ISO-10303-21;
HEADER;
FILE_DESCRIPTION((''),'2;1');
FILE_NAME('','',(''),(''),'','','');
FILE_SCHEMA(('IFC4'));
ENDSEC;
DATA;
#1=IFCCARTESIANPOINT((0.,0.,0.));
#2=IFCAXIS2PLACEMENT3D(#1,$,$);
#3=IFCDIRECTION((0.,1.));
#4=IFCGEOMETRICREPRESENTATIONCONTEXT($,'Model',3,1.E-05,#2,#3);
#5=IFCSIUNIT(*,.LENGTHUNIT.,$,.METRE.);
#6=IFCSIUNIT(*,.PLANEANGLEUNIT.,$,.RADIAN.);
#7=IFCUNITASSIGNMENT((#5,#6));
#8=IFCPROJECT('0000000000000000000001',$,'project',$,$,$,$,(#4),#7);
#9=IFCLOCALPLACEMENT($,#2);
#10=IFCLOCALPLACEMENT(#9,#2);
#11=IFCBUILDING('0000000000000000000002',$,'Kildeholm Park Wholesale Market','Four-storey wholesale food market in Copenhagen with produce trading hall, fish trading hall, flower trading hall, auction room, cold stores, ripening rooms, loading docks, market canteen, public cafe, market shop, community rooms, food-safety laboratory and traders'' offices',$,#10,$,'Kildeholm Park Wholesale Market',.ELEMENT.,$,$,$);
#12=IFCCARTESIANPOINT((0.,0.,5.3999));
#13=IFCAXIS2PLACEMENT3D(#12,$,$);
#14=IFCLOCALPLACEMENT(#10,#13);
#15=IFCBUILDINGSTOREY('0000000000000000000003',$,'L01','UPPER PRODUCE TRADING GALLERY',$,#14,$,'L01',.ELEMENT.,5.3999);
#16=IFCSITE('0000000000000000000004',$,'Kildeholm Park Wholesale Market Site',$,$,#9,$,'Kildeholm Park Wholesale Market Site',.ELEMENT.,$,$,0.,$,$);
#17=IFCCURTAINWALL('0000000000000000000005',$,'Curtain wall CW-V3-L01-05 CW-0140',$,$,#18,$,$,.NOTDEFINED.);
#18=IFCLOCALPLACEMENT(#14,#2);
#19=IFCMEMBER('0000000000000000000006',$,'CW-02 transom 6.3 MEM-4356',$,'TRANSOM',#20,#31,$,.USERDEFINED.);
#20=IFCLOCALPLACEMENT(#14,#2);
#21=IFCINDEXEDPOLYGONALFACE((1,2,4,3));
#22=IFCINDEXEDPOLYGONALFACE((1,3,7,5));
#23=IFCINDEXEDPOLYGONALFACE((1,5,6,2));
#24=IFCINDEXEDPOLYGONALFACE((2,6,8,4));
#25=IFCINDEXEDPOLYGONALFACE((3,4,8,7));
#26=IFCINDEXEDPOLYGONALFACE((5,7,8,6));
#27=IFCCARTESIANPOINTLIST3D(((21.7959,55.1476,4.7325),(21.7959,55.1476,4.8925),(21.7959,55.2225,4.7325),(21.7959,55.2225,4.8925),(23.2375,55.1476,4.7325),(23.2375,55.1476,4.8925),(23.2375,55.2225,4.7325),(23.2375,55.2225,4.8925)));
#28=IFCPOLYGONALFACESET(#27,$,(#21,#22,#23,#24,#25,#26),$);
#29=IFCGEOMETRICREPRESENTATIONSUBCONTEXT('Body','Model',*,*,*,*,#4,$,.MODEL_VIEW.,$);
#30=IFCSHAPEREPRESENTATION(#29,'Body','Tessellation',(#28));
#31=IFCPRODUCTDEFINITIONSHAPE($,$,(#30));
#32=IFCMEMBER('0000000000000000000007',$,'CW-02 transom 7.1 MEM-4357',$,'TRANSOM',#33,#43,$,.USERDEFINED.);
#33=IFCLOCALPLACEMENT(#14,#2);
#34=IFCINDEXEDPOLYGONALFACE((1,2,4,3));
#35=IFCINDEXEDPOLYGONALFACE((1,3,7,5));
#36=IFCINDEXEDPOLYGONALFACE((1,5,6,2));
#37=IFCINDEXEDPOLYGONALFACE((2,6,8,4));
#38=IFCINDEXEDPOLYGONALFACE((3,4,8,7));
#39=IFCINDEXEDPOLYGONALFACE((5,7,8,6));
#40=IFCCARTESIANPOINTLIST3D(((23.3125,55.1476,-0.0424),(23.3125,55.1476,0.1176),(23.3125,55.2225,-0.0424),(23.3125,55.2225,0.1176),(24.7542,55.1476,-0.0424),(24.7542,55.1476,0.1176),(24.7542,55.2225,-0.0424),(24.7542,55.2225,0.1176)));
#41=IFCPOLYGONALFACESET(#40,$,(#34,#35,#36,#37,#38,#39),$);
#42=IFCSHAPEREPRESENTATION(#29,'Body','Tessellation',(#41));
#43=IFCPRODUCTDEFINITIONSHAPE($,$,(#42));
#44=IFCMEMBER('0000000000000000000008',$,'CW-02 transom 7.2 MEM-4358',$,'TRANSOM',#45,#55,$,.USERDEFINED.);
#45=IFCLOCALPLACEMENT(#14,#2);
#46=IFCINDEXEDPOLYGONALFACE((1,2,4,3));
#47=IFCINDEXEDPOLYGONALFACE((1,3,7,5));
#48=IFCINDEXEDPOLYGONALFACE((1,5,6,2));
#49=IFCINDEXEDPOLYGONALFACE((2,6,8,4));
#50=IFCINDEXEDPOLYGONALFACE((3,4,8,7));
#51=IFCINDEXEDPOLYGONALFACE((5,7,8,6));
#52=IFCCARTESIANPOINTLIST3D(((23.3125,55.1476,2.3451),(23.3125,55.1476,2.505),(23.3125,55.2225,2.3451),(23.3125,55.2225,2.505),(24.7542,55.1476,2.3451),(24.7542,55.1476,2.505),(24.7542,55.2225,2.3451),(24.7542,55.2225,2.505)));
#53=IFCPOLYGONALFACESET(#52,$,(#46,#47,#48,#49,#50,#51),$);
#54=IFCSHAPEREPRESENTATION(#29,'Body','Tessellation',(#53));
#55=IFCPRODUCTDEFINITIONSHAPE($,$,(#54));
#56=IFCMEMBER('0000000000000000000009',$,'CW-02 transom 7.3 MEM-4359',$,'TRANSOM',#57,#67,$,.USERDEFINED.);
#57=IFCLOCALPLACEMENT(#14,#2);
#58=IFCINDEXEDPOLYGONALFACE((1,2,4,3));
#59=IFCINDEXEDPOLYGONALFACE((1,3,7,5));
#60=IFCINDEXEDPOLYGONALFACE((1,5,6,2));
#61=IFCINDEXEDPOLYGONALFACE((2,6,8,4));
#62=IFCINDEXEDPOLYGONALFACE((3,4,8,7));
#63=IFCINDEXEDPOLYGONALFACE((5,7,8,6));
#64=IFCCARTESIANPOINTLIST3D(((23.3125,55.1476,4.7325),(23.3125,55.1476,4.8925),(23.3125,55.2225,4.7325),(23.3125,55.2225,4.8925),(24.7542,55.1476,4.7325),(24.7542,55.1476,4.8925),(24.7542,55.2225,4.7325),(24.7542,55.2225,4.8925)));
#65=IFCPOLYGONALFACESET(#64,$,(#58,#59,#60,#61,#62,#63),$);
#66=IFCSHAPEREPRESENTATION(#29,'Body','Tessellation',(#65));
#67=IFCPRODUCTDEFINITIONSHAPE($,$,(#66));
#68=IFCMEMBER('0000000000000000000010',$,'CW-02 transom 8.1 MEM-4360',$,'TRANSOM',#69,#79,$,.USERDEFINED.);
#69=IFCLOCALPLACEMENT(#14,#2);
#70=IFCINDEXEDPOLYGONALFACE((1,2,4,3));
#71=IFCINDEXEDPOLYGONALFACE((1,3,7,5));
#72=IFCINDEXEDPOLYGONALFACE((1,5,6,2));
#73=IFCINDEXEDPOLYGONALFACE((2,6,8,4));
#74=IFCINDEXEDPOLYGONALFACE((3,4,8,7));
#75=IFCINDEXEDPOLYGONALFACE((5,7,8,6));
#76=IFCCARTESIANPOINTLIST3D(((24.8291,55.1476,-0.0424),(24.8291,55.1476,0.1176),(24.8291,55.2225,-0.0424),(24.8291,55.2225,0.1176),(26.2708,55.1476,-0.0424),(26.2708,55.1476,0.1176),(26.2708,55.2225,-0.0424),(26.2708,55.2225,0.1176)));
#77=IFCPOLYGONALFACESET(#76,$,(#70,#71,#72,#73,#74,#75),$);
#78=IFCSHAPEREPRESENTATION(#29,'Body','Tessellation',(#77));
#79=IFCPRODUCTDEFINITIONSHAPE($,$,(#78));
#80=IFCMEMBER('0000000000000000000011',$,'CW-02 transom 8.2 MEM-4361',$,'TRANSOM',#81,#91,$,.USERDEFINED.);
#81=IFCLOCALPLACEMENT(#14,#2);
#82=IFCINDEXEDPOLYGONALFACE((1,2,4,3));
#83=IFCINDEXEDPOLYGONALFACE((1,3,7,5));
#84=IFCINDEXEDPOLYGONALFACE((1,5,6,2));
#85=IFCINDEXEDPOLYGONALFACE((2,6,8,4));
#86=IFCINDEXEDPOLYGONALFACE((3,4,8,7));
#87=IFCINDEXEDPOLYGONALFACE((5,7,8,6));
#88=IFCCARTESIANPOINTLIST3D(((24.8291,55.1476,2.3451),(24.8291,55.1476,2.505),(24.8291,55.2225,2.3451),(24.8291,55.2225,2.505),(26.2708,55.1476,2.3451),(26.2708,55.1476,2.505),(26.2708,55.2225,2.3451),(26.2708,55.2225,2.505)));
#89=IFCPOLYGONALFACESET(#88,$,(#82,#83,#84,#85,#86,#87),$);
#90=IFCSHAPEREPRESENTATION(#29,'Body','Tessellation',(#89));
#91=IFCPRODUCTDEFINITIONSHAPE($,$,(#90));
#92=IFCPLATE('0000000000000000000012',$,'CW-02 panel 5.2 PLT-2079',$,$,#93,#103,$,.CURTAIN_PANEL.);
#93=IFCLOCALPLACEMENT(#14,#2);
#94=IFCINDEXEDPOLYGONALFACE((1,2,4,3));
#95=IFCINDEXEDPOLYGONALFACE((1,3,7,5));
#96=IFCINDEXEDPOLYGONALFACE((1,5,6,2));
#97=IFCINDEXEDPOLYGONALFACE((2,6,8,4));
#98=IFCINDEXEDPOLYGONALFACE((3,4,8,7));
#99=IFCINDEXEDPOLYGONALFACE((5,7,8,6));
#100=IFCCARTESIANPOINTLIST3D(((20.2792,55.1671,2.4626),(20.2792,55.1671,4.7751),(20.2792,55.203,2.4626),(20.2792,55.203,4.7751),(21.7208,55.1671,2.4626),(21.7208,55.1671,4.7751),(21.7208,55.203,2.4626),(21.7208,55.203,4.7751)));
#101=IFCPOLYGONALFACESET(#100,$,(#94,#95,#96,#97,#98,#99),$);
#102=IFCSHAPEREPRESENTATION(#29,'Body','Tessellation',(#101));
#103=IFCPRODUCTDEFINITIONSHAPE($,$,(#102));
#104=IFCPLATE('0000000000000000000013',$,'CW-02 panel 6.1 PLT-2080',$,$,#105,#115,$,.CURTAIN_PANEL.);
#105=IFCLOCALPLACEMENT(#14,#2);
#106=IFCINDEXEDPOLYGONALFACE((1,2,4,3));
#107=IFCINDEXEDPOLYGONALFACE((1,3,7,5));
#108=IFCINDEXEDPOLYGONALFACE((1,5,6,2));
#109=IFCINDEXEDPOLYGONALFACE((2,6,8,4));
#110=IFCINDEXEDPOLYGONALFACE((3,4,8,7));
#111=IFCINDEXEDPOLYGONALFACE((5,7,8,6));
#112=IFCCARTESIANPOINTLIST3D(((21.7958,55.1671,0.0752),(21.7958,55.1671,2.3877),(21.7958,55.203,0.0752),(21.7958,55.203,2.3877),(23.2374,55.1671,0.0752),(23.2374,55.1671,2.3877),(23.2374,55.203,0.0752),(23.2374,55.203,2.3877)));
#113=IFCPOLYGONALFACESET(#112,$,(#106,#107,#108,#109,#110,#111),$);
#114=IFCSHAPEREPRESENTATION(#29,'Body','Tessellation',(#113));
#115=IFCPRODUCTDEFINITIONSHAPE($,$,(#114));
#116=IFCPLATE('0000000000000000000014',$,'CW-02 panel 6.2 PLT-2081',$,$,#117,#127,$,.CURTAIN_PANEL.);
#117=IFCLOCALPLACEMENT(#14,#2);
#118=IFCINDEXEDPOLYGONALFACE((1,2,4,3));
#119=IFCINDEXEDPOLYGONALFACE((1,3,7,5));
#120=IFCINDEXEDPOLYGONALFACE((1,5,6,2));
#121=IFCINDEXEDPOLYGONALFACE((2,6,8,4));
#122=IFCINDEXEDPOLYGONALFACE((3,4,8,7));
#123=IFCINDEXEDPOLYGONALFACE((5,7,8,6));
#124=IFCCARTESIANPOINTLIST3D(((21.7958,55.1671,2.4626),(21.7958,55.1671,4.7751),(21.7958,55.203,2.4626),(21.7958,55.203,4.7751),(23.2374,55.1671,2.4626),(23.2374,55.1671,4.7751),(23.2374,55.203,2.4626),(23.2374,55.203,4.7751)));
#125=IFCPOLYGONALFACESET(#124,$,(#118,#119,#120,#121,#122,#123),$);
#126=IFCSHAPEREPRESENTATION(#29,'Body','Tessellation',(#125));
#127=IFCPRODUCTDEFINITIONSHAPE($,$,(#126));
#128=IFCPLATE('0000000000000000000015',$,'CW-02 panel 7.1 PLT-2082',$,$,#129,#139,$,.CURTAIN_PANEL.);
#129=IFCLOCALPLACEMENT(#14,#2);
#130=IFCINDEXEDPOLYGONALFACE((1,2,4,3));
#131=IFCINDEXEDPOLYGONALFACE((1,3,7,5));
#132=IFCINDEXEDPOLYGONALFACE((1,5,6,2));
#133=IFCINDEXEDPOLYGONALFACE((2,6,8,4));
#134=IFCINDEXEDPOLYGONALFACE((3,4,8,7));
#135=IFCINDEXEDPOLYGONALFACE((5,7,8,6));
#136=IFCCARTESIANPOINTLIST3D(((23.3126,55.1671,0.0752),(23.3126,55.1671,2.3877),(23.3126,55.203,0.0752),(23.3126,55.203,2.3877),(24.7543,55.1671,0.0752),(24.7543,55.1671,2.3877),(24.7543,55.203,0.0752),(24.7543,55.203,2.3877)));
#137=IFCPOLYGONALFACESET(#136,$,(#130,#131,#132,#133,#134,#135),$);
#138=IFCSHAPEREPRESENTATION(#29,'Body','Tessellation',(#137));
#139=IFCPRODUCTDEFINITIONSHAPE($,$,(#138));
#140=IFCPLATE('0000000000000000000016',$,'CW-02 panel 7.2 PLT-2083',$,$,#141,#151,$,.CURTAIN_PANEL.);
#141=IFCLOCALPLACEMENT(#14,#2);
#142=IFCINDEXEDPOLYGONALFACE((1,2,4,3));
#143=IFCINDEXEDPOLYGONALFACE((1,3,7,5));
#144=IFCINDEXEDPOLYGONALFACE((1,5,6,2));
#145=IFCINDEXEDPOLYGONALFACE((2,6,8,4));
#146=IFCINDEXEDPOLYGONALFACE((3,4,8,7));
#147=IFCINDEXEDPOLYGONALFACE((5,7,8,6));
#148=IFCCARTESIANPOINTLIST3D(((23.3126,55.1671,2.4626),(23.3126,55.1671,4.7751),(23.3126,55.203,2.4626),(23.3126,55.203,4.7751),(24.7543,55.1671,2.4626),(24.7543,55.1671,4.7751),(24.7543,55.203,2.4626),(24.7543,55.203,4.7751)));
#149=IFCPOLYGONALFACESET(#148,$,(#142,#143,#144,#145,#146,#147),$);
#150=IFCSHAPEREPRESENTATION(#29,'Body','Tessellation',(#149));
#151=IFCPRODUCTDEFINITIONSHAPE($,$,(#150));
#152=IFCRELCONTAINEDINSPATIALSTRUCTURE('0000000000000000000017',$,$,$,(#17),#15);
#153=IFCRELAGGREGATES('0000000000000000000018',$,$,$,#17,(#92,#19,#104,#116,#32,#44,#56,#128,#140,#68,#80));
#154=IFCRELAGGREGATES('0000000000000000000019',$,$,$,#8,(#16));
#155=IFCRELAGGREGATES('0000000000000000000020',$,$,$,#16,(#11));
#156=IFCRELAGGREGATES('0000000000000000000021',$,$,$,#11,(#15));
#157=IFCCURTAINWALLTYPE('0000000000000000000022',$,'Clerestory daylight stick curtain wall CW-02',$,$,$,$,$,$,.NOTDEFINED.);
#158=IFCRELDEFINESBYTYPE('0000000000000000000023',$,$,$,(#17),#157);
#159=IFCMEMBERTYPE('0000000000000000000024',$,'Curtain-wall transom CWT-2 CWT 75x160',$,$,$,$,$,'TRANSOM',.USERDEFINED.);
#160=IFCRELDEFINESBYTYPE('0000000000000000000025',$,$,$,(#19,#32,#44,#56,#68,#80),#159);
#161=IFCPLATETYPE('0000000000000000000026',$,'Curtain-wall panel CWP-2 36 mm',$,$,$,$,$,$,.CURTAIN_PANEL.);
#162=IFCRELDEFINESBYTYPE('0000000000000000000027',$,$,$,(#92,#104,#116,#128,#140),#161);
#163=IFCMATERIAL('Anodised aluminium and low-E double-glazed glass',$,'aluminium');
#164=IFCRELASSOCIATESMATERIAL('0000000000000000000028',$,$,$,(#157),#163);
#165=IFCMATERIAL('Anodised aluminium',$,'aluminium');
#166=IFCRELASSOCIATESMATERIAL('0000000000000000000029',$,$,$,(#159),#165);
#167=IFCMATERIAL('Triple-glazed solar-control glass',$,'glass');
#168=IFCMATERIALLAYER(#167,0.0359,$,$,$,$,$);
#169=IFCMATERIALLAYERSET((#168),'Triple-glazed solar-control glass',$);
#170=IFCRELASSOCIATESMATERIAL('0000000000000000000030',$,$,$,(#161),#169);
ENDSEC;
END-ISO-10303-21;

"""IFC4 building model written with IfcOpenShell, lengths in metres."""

from ifc_helpers import new_model, si_unit, direction, frame, origin, origin_2d, place, context, subcontext, project, spatial, rectangle, extrude, material, layer, layer_set, material_profile, profile_set, type_object, element, aggregate, save


model = new_model("IFC4")

# Units and contexts
model_context = context("Model", 3, precision=1e-05, world=origin(), true_north=direction((0.0, 1.0)))
body_context = subcontext(model_context, "Body", "Model", "MODEL_VIEW")
ifc_project = project(units=[si_unit("LENGTHUNIT", "METRE"), si_unit("PLANEANGLEUNIT", "RADIAN")], contexts=[model_context])

# Site, building, storey
site_placement = place(None, origin())
site = spatial("IfcSite", under=ifc_project, at=site_placement, Name="Kildeholm Park Wholesale Market Site", LongName="Kildeholm Park Wholesale Market Site", CompositionType="ELEMENT", RefElevation=0.0)
building_placement = place(site_placement, origin())
building = spatial("IfcBuilding", under=site, at=building_placement, Name="Kildeholm Park Wholesale Market", Description="Four-storey wholesale food market in Copenhagen with produce trading hall, fish trading hall, flower trading hall, auction room, cold stores, ripening rooms, loading docks, market canteen, public cafe, market shop, community rooms, food-safety laboratory and traders' offices", LongName="Kildeholm Park Wholesale Market", CompositionType="ELEMENT")
storey_placement = place(building_placement, frame((0.0, 0.0, 5.3999)))
storey = spatial("IfcBuildingStorey", under=building, at=storey_placement, Name="L01", Description="UPPER PRODUCE TRADING GALLERY", LongName="L01", CompositionType="ELEMENT", Elevation=5.3999)

# Curtain wall, members, plates
ifc_material_1 = material(Name="Anodised aluminium and low-E double-glazed glass", Category="aluminium")
curtain_wall_type = type_object("IfcCurtainWallType", Name="Clerestory daylight stick curtain wall CW-02", PredefinedType="NOTDEFINED", material=ifc_material_1)
curtain_wall_placement = place(storey_placement, origin())
curtain_wall = element("IfcCurtainWall", 1, at=curtain_wall_placement, inside=storey, type_object=curtain_wall_type, Name="Curtain wall CW-V3-L01-05 CW-0140", PredefinedType="NOTDEFINED")
ifc_material_2 = material(Name="Anodised aluminium", Category="aluminium")
ifc_material_profile_1 = material_profile(ifc_material_2, rectangle(XDim=0.075, YDim=0.1599, at=origin_2d()), Name="CWT 75x160")
ifc_profile_set_1 = profile_set([ifc_material_profile_1], Name="Anodised aluminium")
member_type_1 = type_object("IfcMemberType", Name="Curtain-wall transom CWT-2 CWT 75x160", ElementType="TRANSOM", PredefinedType="USERDEFINED", material=ifc_profile_set_1)
member_1_placement = place(storey_placement, frame((21.7959, 55.1851, 4.8125), z_axis=(1.0, 0.0, 0.0), x_axis=(0.0, 1.0, 0.0)))
member_1 = element("IfcMember", 2, at=member_1_placement, type_object=member_type_1, Name="CW-02 transom 6.3 MEM-4356", ObjectType="TRANSOM", PredefinedType="USERDEFINED", context=body_context, shape_type="SweptSolid", body=[
    extrude(rectangle(XDim=0.075, YDim=0.1599, at=origin_2d()), origin(), (0.0, 0.0, 1.0), 1.4417),
])
member_2_placement = place(storey_placement, frame((23.3125, 55.1851, 0.0376), z_axis=(1.0, 0.0, 0.0), x_axis=(0.0, 1.0, 0.0)))
member_2 = element("IfcMember", 3, at=member_2_placement, type_object=member_type_1, Name="CW-02 transom 7.1 MEM-4357", ObjectType="TRANSOM", PredefinedType="USERDEFINED", context=body_context, shape_type="SweptSolid", body=[
    extrude(rectangle(XDim=0.075, YDim=0.1599, at=origin_2d()), origin(), (0.0, 0.0, 1.0), 1.4417),
])
member_3_placement = place(storey_placement, frame((23.3125, 55.1851, 2.425), z_axis=(1.0, 0.0, 0.0), x_axis=(0.0, 1.0, 0.0)))
member_3 = element("IfcMember", 4, at=member_3_placement, type_object=member_type_1, Name="CW-02 transom 7.2 MEM-4358", ObjectType="TRANSOM", PredefinedType="USERDEFINED", context=body_context, shape_type="SweptSolid", body=[
    extrude(rectangle(XDim=0.075, YDim=0.1599, at=origin_2d()), origin(), (0.0, 0.0, 1.0), 1.4417),
])
member_4_placement = place(storey_placement, frame((23.3125, 55.1851, 4.8125), z_axis=(1.0, 0.0, 0.0), x_axis=(0.0, 1.0, 0.0)))
member_4 = element("IfcMember", 5, at=member_4_placement, type_object=member_type_1, Name="CW-02 transom 7.3 MEM-4359", ObjectType="TRANSOM", PredefinedType="USERDEFINED", context=body_context, shape_type="SweptSolid", body=[
    extrude(rectangle(XDim=0.075, YDim=0.1599, at=origin_2d()), origin(), (0.0, 0.0, 1.0), 1.4417),
])
member_5_placement = place(storey_placement, frame((24.8291, 55.1851, 0.0376), z_axis=(1.0, 0.0, 0.0), x_axis=(0.0, 1.0, 0.0)))
member_5 = element("IfcMember", 6, at=member_5_placement, type_object=member_type_1, Name="CW-02 transom 8.1 MEM-4360", ObjectType="TRANSOM", PredefinedType="USERDEFINED", context=body_context, shape_type="SweptSolid", body=[
    extrude(rectangle(XDim=0.075, YDim=0.1599, at=origin_2d()), origin(), (0.0, 0.0, 1.0), 1.4417),
])
member_6_placement = place(storey_placement, frame((24.8291, 55.1851, 2.425), z_axis=(1.0, 0.0, 0.0), x_axis=(0.0, 1.0, 0.0)))
member_6 = element("IfcMember", 7, at=member_6_placement, type_object=member_type_1, Name="CW-02 transom 8.2 MEM-4361", ObjectType="TRANSOM", PredefinedType="USERDEFINED", context=body_context, shape_type="SweptSolid", body=[
    extrude(rectangle(XDim=0.075, YDim=0.1599, at=origin_2d()), origin(), (0.0, 0.0, 1.0), 1.4417),
])
ifc_material_3 = material(Name="Triple-glazed solar-control glass", Category="glass")
ifc_layer_1 = layer(ifc_material_3, 0.0359)
ifc_layer_set_1 = layer_set([ifc_layer_1], Name="Triple-glazed solar-control glass")
plate_type = type_object("IfcPlateType", Name="Curtain-wall panel CWP-2 36 mm", PredefinedType="CURTAIN_PANEL", material=ifc_layer_set_1)
plate_1_placement = place(storey_placement, frame((21.0, 55.1851, 2.4626), z_axis=(0.0, 0.0, 1.0), x_axis=(1.0, 0.0, 0.0)))
plate_1 = element("IfcPlate", 8, at=plate_1_placement, type_object=plate_type, Name="CW-02 panel 5.2 PLT-2079", PredefinedType="CURTAIN_PANEL", context=body_context, shape_type="SweptSolid", body=[
    extrude(rectangle(XDim=1.4417, YDim=0.0359, at=origin_2d()), origin(), (0.0, 0.0, 1.0), 2.3125),
])
plate_2_placement = place(storey_placement, frame((22.5166, 55.1851, 0.0752), z_axis=(0.0, 0.0, 1.0), x_axis=(1.0, 0.0, 0.0)))
plate_2 = element("IfcPlate", 9, at=plate_2_placement, type_object=plate_type, Name="CW-02 panel 6.1 PLT-2080", PredefinedType="CURTAIN_PANEL", context=body_context, shape_type="SweptSolid", body=[
    extrude(rectangle(XDim=1.4417, YDim=0.0359, at=origin_2d()), origin(), (0.0, 0.0, 1.0), 2.3125),
])
plate_3_placement = place(storey_placement, frame((22.5166, 55.1851, 2.4626), z_axis=(0.0, 0.0, 1.0), x_axis=(1.0, 0.0, 0.0)))
plate_3 = element("IfcPlate", 10, at=plate_3_placement, type_object=plate_type, Name="CW-02 panel 6.2 PLT-2081", PredefinedType="CURTAIN_PANEL", context=body_context, shape_type="SweptSolid", body=[
    extrude(rectangle(XDim=1.4417, YDim=0.0359, at=origin_2d()), origin(), (0.0, 0.0, 1.0), 2.3125),
])
plate_4_placement = place(storey_placement, frame((24.0334, 55.1851, 0.0752), z_axis=(0.0, 0.0, 1.0), x_axis=(1.0, 0.0, 0.0)))
plate_4 = element("IfcPlate", 11, at=plate_4_placement, type_object=plate_type, Name="CW-02 panel 7.1 PLT-2082", PredefinedType="CURTAIN_PANEL", context=body_context, shape_type="SweptSolid", body=[
    extrude(rectangle(XDim=1.4417, YDim=0.0359, at=origin_2d()), origin(), (0.0, 0.0, 1.0), 2.3125),
])
plate_5_placement = place(storey_placement, frame((24.0334, 55.1851, 2.4626), z_axis=(0.0, 0.0, 1.0), x_axis=(1.0, 0.0, 0.0)))
plate_5 = element("IfcPlate", 12, at=plate_5_placement, type_object=plate_type, Name="CW-02 panel 7.2 PLT-2083", PredefinedType="CURTAIN_PANEL", context=body_context, shape_type="SweptSolid", body=[
    extrude(rectangle(XDim=1.4417, YDim=0.0359, at=origin_2d()), origin(), (0.0, 0.0, 1.0), 2.3125),
])
aggregate(curtain_wall, [plate_1, member_1, plate_2, plate_3, member_2, member_3, member_4, plate_4, plate_5, member_5, member_6])

save(model, "model.ifc")
